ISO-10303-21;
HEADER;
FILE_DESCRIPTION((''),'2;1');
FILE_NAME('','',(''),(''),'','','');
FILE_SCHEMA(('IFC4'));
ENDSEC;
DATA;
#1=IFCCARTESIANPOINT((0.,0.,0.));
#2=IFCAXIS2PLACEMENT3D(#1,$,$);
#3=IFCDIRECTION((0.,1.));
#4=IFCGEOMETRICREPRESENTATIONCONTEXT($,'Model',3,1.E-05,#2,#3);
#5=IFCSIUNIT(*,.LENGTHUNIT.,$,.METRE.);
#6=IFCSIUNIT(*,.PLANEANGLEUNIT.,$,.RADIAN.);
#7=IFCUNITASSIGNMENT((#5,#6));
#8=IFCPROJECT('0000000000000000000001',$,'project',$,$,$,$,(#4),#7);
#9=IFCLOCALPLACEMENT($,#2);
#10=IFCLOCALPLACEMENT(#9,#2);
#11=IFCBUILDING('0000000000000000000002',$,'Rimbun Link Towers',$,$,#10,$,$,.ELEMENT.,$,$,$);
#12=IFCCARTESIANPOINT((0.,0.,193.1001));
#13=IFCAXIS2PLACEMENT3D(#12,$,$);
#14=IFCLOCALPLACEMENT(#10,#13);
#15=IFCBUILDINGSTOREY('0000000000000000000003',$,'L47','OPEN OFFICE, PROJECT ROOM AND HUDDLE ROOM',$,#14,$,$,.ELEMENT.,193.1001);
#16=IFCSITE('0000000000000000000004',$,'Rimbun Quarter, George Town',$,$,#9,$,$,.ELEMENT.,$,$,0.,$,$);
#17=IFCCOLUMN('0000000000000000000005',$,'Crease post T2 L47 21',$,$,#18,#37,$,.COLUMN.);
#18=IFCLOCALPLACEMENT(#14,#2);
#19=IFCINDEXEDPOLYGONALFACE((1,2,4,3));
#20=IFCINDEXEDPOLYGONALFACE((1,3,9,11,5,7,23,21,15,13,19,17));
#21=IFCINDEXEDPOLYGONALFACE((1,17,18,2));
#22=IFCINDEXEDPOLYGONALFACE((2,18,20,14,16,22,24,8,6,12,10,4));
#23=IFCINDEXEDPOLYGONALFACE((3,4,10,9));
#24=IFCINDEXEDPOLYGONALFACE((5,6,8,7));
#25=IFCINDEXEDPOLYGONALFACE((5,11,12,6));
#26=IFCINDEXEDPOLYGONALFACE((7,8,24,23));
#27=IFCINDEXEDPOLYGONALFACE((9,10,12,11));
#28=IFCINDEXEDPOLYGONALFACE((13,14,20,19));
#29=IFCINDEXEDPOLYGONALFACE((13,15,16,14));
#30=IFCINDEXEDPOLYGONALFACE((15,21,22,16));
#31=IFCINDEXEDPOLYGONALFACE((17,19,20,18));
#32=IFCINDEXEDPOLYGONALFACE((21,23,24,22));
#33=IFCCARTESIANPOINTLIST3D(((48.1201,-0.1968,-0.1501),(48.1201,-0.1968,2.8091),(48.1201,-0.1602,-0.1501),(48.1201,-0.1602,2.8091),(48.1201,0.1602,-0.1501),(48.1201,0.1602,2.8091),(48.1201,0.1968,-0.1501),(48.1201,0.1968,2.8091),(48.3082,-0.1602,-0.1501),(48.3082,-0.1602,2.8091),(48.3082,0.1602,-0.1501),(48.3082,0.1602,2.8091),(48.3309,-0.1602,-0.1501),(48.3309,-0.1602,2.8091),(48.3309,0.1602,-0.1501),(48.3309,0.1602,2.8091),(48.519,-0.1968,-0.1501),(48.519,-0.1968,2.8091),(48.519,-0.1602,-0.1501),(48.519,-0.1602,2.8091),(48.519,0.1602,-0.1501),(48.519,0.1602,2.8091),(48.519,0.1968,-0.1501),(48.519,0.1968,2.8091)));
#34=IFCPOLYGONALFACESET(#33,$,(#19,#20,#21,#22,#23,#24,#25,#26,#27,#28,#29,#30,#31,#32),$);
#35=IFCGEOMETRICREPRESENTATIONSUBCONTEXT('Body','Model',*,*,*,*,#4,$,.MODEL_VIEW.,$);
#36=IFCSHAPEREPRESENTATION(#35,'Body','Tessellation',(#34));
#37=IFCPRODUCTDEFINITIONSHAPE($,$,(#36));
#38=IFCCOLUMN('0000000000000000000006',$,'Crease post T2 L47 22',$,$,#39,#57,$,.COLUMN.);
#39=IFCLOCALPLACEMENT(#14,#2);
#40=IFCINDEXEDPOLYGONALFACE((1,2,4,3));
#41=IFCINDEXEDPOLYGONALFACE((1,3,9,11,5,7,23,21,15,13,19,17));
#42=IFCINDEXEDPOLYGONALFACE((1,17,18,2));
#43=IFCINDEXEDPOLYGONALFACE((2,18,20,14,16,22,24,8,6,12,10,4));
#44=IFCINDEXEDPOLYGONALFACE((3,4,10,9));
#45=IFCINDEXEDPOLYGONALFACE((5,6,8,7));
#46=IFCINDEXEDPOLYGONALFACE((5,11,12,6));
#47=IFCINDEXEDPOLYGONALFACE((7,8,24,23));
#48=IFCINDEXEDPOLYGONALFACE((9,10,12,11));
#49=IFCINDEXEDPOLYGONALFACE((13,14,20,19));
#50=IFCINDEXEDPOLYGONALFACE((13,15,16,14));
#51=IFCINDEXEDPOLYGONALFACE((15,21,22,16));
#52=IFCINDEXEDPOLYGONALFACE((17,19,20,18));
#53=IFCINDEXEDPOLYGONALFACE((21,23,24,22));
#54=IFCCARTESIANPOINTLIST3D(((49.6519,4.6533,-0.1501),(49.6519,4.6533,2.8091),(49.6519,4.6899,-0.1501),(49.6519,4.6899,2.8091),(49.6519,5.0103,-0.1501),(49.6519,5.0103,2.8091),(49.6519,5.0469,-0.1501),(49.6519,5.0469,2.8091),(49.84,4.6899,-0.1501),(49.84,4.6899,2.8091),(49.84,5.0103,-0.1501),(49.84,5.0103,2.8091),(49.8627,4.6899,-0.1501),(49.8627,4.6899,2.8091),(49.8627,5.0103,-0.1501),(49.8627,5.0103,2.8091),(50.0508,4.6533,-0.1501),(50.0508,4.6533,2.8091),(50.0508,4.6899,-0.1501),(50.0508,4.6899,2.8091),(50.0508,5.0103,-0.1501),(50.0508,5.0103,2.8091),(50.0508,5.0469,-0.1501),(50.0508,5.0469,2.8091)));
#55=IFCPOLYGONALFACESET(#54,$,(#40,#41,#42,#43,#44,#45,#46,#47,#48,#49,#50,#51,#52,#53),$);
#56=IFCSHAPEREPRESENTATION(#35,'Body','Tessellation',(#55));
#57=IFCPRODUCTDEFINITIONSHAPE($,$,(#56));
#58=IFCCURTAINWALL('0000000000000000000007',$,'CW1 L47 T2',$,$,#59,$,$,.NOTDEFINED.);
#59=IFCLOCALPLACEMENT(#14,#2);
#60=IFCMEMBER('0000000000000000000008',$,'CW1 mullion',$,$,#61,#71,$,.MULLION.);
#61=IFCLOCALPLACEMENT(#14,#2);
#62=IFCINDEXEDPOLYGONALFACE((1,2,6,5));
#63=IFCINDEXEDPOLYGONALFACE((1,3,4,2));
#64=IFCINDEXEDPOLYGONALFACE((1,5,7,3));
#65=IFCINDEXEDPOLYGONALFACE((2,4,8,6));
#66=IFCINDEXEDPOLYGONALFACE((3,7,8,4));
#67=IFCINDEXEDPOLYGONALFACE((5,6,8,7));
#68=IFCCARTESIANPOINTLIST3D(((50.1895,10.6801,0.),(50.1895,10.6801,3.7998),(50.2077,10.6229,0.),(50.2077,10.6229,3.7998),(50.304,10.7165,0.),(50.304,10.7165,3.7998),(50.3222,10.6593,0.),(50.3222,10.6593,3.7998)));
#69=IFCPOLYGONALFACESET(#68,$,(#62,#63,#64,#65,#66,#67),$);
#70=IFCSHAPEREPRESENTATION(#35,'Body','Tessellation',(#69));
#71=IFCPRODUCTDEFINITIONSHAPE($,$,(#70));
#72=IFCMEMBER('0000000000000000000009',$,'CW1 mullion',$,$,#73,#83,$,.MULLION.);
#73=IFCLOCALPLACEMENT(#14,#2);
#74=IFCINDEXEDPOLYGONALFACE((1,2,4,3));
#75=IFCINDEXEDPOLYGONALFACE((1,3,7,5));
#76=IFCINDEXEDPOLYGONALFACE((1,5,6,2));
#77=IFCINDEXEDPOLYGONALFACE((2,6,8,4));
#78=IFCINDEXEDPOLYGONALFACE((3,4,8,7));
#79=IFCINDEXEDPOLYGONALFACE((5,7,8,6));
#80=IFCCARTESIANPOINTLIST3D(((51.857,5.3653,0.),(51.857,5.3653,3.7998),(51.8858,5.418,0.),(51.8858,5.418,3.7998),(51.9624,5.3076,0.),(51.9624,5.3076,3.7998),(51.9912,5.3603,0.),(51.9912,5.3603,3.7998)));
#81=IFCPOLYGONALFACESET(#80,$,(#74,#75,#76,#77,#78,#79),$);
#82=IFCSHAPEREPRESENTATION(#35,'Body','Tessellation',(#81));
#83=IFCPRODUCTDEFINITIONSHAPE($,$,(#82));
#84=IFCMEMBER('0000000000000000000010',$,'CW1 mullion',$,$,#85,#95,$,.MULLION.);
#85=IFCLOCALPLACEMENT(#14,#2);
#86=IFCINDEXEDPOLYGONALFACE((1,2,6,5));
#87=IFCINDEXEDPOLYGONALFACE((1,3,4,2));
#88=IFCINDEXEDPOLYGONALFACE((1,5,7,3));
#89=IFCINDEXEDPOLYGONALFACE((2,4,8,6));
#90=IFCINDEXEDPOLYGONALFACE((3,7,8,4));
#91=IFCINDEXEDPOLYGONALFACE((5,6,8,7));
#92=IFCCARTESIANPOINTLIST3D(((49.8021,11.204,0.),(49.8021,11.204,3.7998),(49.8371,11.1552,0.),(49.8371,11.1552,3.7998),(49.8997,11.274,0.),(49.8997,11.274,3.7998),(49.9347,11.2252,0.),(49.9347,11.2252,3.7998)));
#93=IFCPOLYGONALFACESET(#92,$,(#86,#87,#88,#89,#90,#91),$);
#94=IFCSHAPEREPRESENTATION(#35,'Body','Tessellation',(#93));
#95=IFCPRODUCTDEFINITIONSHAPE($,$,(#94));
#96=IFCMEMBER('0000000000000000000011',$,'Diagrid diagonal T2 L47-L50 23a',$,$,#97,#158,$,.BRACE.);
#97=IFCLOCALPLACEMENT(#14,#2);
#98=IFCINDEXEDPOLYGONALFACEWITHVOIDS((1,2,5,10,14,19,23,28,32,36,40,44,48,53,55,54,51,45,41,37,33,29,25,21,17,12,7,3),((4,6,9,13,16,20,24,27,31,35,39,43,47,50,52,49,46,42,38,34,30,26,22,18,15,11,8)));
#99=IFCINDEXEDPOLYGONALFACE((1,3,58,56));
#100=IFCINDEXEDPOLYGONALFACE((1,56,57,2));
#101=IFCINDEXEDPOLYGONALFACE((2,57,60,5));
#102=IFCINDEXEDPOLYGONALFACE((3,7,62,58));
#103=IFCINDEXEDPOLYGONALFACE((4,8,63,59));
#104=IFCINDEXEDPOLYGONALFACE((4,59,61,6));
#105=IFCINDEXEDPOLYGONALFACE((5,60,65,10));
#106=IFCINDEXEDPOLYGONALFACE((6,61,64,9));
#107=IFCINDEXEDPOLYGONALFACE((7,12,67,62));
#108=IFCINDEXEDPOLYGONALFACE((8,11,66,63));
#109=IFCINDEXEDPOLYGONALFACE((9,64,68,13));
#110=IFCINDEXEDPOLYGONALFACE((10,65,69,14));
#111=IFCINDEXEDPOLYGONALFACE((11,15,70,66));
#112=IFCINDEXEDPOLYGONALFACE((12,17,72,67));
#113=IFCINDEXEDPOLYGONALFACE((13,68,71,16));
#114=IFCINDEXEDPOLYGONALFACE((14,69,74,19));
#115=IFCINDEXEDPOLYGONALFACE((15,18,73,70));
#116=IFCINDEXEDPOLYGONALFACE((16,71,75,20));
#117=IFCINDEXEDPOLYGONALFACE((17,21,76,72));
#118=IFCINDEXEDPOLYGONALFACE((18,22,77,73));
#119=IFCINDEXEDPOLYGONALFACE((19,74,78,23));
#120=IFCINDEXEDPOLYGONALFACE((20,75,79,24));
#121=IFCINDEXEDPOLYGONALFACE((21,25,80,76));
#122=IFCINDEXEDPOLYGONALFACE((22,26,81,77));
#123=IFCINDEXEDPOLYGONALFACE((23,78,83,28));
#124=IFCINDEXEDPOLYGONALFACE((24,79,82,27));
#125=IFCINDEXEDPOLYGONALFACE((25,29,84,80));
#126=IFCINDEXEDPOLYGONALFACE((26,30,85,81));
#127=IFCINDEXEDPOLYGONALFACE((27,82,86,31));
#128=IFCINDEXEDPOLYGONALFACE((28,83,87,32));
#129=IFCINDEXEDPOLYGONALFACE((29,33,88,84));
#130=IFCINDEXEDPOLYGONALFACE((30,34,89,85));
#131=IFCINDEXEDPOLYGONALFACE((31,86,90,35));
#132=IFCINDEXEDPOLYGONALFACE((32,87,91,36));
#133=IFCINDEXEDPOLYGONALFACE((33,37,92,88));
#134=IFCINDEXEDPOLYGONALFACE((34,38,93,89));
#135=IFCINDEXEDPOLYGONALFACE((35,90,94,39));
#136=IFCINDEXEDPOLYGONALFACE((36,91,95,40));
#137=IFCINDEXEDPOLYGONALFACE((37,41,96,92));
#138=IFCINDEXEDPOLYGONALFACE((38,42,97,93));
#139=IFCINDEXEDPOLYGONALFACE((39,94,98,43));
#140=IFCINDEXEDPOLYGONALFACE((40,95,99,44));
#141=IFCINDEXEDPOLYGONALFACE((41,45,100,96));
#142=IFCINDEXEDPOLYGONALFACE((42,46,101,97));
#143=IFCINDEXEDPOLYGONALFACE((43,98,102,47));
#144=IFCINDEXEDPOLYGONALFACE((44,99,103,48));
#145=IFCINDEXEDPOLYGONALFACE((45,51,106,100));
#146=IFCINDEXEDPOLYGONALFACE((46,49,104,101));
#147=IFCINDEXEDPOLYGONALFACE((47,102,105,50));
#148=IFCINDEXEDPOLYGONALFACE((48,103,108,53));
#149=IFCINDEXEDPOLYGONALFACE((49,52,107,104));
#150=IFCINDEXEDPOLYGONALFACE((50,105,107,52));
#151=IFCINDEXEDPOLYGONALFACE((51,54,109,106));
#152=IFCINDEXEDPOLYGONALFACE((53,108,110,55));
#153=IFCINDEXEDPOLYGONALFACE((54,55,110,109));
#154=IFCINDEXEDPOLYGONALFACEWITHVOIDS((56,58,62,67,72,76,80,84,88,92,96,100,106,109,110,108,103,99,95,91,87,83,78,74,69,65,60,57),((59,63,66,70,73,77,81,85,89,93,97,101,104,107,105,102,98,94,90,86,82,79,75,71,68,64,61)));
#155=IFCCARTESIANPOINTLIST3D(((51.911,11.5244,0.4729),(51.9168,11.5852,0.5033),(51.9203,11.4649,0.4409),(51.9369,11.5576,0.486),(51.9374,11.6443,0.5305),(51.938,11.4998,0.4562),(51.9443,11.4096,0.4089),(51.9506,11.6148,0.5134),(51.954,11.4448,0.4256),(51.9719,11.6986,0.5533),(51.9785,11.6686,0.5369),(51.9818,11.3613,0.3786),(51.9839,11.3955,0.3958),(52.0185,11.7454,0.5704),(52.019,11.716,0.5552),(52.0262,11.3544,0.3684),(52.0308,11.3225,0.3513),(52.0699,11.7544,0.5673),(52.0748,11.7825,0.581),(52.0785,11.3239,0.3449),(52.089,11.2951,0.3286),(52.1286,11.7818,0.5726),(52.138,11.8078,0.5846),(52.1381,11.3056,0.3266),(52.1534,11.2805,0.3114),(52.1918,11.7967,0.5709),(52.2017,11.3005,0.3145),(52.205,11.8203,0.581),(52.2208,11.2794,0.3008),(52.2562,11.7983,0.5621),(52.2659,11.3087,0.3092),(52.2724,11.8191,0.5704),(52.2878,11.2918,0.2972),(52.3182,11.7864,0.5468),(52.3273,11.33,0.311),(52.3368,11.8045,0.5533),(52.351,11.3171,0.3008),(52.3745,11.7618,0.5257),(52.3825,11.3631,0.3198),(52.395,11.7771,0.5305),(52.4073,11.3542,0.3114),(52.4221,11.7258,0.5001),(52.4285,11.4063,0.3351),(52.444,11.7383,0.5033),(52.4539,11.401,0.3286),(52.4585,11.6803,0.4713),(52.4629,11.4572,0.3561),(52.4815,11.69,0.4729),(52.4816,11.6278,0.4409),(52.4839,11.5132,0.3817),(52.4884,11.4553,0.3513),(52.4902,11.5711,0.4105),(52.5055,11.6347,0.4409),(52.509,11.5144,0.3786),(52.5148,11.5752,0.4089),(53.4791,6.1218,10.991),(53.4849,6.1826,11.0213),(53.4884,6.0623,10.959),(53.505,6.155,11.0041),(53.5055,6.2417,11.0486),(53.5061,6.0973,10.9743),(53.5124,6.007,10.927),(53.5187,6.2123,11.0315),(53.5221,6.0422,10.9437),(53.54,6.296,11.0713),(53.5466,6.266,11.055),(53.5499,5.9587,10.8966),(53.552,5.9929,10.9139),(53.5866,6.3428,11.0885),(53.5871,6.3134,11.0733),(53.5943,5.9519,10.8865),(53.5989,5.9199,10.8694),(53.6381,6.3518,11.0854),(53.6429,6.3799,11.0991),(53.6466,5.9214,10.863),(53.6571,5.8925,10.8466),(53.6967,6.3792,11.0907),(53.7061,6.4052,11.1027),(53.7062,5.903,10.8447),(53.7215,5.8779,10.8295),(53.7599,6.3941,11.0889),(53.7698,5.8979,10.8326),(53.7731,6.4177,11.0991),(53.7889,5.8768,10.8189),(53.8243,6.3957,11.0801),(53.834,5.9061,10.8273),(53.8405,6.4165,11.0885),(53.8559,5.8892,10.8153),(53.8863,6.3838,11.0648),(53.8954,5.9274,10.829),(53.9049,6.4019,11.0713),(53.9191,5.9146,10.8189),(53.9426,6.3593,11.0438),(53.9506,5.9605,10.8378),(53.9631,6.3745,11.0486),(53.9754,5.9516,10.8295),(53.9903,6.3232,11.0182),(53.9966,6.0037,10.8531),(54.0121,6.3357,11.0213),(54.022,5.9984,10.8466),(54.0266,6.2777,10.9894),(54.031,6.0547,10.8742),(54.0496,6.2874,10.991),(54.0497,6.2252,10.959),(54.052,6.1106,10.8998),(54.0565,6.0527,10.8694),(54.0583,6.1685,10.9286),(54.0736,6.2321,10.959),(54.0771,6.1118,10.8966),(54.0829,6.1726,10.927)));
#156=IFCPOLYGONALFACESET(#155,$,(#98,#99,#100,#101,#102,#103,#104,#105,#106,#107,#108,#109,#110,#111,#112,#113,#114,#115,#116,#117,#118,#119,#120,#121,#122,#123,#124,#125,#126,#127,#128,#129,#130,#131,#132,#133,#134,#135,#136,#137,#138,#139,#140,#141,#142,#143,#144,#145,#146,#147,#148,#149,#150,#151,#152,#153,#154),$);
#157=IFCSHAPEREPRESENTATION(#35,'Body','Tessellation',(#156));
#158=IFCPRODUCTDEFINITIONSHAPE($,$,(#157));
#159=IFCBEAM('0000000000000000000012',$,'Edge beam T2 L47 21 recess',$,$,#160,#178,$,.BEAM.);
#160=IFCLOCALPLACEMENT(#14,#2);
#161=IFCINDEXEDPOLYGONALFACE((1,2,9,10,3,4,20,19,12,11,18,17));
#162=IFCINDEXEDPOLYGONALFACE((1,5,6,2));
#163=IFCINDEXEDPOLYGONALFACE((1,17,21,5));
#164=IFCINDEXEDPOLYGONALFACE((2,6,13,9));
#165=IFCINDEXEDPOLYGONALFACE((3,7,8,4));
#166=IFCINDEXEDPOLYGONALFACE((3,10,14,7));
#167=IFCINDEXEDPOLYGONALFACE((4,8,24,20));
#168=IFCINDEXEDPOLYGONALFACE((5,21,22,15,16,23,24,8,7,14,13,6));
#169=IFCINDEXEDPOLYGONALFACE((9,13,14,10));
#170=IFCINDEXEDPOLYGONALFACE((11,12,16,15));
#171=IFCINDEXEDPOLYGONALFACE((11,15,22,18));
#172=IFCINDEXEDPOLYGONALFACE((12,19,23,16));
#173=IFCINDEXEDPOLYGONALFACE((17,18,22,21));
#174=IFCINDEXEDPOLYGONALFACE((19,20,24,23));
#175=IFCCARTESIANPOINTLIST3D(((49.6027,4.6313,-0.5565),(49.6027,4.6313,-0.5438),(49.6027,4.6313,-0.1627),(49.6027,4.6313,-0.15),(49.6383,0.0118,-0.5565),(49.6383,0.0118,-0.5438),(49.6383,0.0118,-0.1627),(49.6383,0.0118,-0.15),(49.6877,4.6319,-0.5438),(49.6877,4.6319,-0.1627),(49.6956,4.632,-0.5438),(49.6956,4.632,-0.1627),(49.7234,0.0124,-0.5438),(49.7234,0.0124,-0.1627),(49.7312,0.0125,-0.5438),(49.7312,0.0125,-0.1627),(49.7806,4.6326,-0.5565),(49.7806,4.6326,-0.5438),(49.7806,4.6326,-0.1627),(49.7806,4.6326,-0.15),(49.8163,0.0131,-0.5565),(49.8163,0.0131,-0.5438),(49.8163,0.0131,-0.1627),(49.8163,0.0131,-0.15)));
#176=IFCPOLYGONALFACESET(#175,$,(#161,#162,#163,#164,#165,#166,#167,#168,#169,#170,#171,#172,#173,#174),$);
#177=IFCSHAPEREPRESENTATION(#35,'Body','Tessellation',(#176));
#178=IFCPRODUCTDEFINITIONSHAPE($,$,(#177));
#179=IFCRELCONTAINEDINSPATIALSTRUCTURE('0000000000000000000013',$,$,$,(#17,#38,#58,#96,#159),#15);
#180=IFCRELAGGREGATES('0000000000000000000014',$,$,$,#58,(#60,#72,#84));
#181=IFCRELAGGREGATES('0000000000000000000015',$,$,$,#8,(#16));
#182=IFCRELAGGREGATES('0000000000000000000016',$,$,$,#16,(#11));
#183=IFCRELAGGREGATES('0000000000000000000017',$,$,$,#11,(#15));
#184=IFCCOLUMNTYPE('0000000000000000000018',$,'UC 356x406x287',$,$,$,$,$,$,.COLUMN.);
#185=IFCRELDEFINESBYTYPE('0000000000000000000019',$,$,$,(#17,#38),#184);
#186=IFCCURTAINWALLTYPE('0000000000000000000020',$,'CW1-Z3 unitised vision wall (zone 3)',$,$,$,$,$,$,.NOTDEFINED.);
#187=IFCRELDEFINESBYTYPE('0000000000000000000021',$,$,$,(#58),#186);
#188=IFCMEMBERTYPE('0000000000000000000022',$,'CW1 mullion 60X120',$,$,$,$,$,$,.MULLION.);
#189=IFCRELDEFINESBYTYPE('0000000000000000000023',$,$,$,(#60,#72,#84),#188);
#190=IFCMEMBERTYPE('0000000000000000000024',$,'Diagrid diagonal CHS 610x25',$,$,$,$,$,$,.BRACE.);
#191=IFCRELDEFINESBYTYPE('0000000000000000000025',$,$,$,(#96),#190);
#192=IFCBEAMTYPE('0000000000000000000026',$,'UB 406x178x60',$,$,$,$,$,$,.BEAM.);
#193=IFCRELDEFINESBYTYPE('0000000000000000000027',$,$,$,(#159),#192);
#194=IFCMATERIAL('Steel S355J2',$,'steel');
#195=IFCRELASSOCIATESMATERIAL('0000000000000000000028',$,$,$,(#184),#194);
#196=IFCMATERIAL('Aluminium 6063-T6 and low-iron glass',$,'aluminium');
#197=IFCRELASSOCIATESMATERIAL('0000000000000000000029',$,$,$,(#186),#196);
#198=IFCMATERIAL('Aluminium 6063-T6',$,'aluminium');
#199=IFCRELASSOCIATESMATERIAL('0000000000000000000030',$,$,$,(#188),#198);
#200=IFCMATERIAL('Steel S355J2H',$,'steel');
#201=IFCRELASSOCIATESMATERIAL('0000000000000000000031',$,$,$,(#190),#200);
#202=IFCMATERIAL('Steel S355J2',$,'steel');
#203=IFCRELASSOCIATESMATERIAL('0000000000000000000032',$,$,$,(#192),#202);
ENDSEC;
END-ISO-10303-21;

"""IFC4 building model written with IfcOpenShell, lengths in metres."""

from ifc_helpers import new_model, si_unit, direction, frame, origin, origin_2d, place, context, subcontext, project, spatial, rectangle, hollow_circle, i_section, extrude, material, material_profile, profile_set, type_object, element, aggregate, save


model = new_model("IFC4")

# Units and contexts
model_context = context("Model", 3, precision=1e-05, world=origin(), true_north=direction((0.0, 1.0)))
body_context = subcontext(model_context, "Body", "Model", "MODEL_VIEW")
ifc_project = project(units=[si_unit("LENGTHUNIT", "METRE"), si_unit("PLANEANGLEUNIT", "RADIAN")], contexts=[model_context])

# Site, building, storey
site_placement = place(None, origin())
site = spatial("IfcSite", under=ifc_project, at=site_placement, Name="Rimbun Quarter, George Town", CompositionType="ELEMENT", RefElevation=0.0)
building_placement = place(site_placement, origin())
building = spatial("IfcBuilding", under=site, at=building_placement, Name="Rimbun Link Towers", CompositionType="ELEMENT")
storey_placement = place(building_placement, frame((0.0, 0.0, 193.1001)))
storey = spatial("IfcBuildingStorey", under=building, at=storey_placement, Name="L47", Description="OPEN OFFICE, PROJECT ROOM AND HUDDLE ROOM", CompositionType="ELEMENT", Elevation=193.1001)

# Columns
ifc_material_1 = material(Name="Steel S355J2", Category="steel")
ifc_material_profile_1 = material_profile(ifc_material_1, i_section(OverallWidth=0.3989, OverallDepth=0.3936, WebThickness=0.0227, FlangeThickness=0.0366, at=origin_2d()), Name="UC 356x406x287")
ifc_profile_set_1 = profile_set([ifc_material_profile_1], Name="Steel S355J2")
column_type = type_object("IfcColumnType", Name="UC 356x406x287", PredefinedType="COLUMN", material=ifc_profile_set_1)
for number, where, z_axis, x_axis, name in (
    (1, (48.3196, 0.0, -0.1501), (0.0, 0.0, 1.0), (1.0, 0.0, 0.0), "Crease post T2 L47 21"),
    (2, (49.8513, 4.8501, -0.1501), (0.0, 0.0, 1.0), (1.0, 0.0, 0.0), "Crease post T2 L47 22"),
):
    element("IfcColumn", number, at=place(storey_placement, frame(where, z_axis=z_axis, x_axis=x_axis)), inside=storey, type_object=column_type, Name=name, PredefinedType="COLUMN", context=body_context, shape_type="SweptSolid", body=[
        extrude(i_section(OverallWidth=0.3989, OverallDepth=0.3936, WebThickness=0.0227, FlangeThickness=0.0366, at=origin_2d()), origin(), (0.0, 0.0, 1.0), 2.9592),
    ])

# Curtain wall, members
ifc_material_2 = material(Name="Aluminium 6063-T6 and low-iron glass", Category="aluminium")
curtain_wall_type = type_object("IfcCurtainWallType", Name="CW1-Z3 unitised vision wall (zone 3)", PredefinedType="NOTDEFINED", material=ifc_material_2)
curtain_wall_placement = place(storey_placement, origin())
curtain_wall = element("IfcCurtainWall", 3, at=curtain_wall_placement, inside=storey, type_object=curtain_wall_type, Name="CW1 L47 T2", PredefinedType="NOTDEFINED")
ifc_material_3 = material(Name="Aluminium 6063-T6", Category="aluminium")
ifc_material_profile_2 = material_profile(ifc_material_3, rectangle(XDim=0.1201, YDim=0.0601, at=origin_2d()), Name="MULLION 60X120")
ifc_profile_set_2 = profile_set([ifc_material_profile_2], Name="Aluminium 6063-T6")
member_type_1 = type_object("IfcMemberType", Name="CW1 mullion 60X120", PredefinedType="MULLION", material=ifc_profile_set_2)
member_1_placement = place(storey_placement, frame((50.2559, 10.6697, 0.0), z_axis=(0.0, 0.0, 1.0), x_axis=(0.952968, 0.303071, 0.0)))
member_1 = element("IfcMember", 4, at=member_1_placement, type_object=member_type_1, Name="CW1 mullion", PredefinedType="MULLION", context=body_context, shape_type="SweptSolid", body=[
    extrude(rectangle(XDim=0.1201, YDim=0.0601, at=origin_2d()), origin(), (0.0, 0.0, 1.0), 3.7998),
])
member_2_placement = place(storey_placement, frame((51.9241, 5.3628, 0.0), z_axis=(0.0, 0.0, 1.0), x_axis=(0.877317, -0.479912, 0.0)))
member_2 = element("IfcMember", 5, at=member_2_placement, type_object=member_type_1, Name="CW1 mullion", PredefinedType="MULLION", context=body_context, shape_type="SweptSolid", body=[
    extrude(rectangle(XDim=0.1201, YDim=0.0601, at=origin_2d()), origin(), (0.0, 0.0, 1.0), 3.7998),
])
member_3_placement = place(storey_placement, frame((49.8684, 11.2146, 0.0), z_axis=(0.0, 0.0, 1.0), x_axis=(0.812465, 0.583009, 0.0)))
member_3 = element("IfcMember", 6, at=member_3_placement, type_object=member_type_1, Name="CW1 mullion", PredefinedType="MULLION", context=body_context, shape_type="SweptSolid", body=[
    extrude(rectangle(XDim=0.1201, YDim=0.0601, at=origin_2d()), origin(), (0.0, 0.0, 1.0), 3.7998),
])
aggregate(curtain_wall, [member_1, member_2, member_3])

# Member
ifc_material_4 = material(Name="Steel S355J2H", Category="steel")
ifc_material_profile_3 = material_profile(ifc_material_4, hollow_circle(Radius=0.3047, WallThickness=0.0249, at=origin_2d()), Name="Diagrid diagonal CHS 610x25")
ifc_profile_set_3 = profile_set([ifc_material_profile_3], Name="Steel S355J2H")
member_type_2 = type_object("IfcMemberType", Name="Diagrid diagonal CHS 610x25", PredefinedType="BRACE", material=ifc_profile_set_3)
member_4_placement = place(storey_placement, frame((52.2129, 11.5498, 0.4409), z_axis=(0.131465, -0.452934, 0.881798), x_axis=(0.960364, 0.278748, 0.0)))
element("IfcMember", 7, at=member_4_placement, inside=storey, type_object=member_type_2, Name="Diagrid diagonal T2 L47-L50 23a", PredefinedType="BRACE", context=body_context, shape_type="SweptSolid", body=[
    extrude(hollow_circle(Radius=0.3047, WallThickness=0.0249, at=origin_2d()), origin(), (0.0, 0.0, 1.0), 11.928),
])

# Beam
ifc_material_5 = material(Name="Steel S355J2", Category="steel")
ifc_material_profile_4 = material_profile(ifc_material_5, i_section(OverallWidth=0.178, OverallDepth=0.4065, WebThickness=0.0078, FlangeThickness=0.0127, at=origin_2d()), Name="UB 406x178x60")
ifc_profile_set_4 = profile_set([ifc_material_profile_4], Name="Steel S355J2")
beam_type_1 = type_object("IfcBeamType", Name="UB 406x178x60", PredefinedType="BEAM", material=ifc_profile_set_4)
beam_1_placement = place(storey_placement, frame((49.7273, 0.0125, -0.3533), z_axis=(-0.007716, 0.99997, 0.0), x_axis=(-0.99997, -0.007716, 0.0)))
element("IfcBeam", 8, at=beam_1_placement, inside=storey, type_object=beam_type_1, Name="Edge beam T2 L47 21 recess", PredefinedType="BEAM", context=body_context, shape_type="SweptSolid", body=[
    extrude(i_section(OverallWidth=0.178, OverallDepth=0.4065, WebThickness=0.0078, FlangeThickness=0.0127, at=origin_2d()), origin(), (0.0, 0.0, 1.0), 4.6196),
])

save(model, "model.ifc")
